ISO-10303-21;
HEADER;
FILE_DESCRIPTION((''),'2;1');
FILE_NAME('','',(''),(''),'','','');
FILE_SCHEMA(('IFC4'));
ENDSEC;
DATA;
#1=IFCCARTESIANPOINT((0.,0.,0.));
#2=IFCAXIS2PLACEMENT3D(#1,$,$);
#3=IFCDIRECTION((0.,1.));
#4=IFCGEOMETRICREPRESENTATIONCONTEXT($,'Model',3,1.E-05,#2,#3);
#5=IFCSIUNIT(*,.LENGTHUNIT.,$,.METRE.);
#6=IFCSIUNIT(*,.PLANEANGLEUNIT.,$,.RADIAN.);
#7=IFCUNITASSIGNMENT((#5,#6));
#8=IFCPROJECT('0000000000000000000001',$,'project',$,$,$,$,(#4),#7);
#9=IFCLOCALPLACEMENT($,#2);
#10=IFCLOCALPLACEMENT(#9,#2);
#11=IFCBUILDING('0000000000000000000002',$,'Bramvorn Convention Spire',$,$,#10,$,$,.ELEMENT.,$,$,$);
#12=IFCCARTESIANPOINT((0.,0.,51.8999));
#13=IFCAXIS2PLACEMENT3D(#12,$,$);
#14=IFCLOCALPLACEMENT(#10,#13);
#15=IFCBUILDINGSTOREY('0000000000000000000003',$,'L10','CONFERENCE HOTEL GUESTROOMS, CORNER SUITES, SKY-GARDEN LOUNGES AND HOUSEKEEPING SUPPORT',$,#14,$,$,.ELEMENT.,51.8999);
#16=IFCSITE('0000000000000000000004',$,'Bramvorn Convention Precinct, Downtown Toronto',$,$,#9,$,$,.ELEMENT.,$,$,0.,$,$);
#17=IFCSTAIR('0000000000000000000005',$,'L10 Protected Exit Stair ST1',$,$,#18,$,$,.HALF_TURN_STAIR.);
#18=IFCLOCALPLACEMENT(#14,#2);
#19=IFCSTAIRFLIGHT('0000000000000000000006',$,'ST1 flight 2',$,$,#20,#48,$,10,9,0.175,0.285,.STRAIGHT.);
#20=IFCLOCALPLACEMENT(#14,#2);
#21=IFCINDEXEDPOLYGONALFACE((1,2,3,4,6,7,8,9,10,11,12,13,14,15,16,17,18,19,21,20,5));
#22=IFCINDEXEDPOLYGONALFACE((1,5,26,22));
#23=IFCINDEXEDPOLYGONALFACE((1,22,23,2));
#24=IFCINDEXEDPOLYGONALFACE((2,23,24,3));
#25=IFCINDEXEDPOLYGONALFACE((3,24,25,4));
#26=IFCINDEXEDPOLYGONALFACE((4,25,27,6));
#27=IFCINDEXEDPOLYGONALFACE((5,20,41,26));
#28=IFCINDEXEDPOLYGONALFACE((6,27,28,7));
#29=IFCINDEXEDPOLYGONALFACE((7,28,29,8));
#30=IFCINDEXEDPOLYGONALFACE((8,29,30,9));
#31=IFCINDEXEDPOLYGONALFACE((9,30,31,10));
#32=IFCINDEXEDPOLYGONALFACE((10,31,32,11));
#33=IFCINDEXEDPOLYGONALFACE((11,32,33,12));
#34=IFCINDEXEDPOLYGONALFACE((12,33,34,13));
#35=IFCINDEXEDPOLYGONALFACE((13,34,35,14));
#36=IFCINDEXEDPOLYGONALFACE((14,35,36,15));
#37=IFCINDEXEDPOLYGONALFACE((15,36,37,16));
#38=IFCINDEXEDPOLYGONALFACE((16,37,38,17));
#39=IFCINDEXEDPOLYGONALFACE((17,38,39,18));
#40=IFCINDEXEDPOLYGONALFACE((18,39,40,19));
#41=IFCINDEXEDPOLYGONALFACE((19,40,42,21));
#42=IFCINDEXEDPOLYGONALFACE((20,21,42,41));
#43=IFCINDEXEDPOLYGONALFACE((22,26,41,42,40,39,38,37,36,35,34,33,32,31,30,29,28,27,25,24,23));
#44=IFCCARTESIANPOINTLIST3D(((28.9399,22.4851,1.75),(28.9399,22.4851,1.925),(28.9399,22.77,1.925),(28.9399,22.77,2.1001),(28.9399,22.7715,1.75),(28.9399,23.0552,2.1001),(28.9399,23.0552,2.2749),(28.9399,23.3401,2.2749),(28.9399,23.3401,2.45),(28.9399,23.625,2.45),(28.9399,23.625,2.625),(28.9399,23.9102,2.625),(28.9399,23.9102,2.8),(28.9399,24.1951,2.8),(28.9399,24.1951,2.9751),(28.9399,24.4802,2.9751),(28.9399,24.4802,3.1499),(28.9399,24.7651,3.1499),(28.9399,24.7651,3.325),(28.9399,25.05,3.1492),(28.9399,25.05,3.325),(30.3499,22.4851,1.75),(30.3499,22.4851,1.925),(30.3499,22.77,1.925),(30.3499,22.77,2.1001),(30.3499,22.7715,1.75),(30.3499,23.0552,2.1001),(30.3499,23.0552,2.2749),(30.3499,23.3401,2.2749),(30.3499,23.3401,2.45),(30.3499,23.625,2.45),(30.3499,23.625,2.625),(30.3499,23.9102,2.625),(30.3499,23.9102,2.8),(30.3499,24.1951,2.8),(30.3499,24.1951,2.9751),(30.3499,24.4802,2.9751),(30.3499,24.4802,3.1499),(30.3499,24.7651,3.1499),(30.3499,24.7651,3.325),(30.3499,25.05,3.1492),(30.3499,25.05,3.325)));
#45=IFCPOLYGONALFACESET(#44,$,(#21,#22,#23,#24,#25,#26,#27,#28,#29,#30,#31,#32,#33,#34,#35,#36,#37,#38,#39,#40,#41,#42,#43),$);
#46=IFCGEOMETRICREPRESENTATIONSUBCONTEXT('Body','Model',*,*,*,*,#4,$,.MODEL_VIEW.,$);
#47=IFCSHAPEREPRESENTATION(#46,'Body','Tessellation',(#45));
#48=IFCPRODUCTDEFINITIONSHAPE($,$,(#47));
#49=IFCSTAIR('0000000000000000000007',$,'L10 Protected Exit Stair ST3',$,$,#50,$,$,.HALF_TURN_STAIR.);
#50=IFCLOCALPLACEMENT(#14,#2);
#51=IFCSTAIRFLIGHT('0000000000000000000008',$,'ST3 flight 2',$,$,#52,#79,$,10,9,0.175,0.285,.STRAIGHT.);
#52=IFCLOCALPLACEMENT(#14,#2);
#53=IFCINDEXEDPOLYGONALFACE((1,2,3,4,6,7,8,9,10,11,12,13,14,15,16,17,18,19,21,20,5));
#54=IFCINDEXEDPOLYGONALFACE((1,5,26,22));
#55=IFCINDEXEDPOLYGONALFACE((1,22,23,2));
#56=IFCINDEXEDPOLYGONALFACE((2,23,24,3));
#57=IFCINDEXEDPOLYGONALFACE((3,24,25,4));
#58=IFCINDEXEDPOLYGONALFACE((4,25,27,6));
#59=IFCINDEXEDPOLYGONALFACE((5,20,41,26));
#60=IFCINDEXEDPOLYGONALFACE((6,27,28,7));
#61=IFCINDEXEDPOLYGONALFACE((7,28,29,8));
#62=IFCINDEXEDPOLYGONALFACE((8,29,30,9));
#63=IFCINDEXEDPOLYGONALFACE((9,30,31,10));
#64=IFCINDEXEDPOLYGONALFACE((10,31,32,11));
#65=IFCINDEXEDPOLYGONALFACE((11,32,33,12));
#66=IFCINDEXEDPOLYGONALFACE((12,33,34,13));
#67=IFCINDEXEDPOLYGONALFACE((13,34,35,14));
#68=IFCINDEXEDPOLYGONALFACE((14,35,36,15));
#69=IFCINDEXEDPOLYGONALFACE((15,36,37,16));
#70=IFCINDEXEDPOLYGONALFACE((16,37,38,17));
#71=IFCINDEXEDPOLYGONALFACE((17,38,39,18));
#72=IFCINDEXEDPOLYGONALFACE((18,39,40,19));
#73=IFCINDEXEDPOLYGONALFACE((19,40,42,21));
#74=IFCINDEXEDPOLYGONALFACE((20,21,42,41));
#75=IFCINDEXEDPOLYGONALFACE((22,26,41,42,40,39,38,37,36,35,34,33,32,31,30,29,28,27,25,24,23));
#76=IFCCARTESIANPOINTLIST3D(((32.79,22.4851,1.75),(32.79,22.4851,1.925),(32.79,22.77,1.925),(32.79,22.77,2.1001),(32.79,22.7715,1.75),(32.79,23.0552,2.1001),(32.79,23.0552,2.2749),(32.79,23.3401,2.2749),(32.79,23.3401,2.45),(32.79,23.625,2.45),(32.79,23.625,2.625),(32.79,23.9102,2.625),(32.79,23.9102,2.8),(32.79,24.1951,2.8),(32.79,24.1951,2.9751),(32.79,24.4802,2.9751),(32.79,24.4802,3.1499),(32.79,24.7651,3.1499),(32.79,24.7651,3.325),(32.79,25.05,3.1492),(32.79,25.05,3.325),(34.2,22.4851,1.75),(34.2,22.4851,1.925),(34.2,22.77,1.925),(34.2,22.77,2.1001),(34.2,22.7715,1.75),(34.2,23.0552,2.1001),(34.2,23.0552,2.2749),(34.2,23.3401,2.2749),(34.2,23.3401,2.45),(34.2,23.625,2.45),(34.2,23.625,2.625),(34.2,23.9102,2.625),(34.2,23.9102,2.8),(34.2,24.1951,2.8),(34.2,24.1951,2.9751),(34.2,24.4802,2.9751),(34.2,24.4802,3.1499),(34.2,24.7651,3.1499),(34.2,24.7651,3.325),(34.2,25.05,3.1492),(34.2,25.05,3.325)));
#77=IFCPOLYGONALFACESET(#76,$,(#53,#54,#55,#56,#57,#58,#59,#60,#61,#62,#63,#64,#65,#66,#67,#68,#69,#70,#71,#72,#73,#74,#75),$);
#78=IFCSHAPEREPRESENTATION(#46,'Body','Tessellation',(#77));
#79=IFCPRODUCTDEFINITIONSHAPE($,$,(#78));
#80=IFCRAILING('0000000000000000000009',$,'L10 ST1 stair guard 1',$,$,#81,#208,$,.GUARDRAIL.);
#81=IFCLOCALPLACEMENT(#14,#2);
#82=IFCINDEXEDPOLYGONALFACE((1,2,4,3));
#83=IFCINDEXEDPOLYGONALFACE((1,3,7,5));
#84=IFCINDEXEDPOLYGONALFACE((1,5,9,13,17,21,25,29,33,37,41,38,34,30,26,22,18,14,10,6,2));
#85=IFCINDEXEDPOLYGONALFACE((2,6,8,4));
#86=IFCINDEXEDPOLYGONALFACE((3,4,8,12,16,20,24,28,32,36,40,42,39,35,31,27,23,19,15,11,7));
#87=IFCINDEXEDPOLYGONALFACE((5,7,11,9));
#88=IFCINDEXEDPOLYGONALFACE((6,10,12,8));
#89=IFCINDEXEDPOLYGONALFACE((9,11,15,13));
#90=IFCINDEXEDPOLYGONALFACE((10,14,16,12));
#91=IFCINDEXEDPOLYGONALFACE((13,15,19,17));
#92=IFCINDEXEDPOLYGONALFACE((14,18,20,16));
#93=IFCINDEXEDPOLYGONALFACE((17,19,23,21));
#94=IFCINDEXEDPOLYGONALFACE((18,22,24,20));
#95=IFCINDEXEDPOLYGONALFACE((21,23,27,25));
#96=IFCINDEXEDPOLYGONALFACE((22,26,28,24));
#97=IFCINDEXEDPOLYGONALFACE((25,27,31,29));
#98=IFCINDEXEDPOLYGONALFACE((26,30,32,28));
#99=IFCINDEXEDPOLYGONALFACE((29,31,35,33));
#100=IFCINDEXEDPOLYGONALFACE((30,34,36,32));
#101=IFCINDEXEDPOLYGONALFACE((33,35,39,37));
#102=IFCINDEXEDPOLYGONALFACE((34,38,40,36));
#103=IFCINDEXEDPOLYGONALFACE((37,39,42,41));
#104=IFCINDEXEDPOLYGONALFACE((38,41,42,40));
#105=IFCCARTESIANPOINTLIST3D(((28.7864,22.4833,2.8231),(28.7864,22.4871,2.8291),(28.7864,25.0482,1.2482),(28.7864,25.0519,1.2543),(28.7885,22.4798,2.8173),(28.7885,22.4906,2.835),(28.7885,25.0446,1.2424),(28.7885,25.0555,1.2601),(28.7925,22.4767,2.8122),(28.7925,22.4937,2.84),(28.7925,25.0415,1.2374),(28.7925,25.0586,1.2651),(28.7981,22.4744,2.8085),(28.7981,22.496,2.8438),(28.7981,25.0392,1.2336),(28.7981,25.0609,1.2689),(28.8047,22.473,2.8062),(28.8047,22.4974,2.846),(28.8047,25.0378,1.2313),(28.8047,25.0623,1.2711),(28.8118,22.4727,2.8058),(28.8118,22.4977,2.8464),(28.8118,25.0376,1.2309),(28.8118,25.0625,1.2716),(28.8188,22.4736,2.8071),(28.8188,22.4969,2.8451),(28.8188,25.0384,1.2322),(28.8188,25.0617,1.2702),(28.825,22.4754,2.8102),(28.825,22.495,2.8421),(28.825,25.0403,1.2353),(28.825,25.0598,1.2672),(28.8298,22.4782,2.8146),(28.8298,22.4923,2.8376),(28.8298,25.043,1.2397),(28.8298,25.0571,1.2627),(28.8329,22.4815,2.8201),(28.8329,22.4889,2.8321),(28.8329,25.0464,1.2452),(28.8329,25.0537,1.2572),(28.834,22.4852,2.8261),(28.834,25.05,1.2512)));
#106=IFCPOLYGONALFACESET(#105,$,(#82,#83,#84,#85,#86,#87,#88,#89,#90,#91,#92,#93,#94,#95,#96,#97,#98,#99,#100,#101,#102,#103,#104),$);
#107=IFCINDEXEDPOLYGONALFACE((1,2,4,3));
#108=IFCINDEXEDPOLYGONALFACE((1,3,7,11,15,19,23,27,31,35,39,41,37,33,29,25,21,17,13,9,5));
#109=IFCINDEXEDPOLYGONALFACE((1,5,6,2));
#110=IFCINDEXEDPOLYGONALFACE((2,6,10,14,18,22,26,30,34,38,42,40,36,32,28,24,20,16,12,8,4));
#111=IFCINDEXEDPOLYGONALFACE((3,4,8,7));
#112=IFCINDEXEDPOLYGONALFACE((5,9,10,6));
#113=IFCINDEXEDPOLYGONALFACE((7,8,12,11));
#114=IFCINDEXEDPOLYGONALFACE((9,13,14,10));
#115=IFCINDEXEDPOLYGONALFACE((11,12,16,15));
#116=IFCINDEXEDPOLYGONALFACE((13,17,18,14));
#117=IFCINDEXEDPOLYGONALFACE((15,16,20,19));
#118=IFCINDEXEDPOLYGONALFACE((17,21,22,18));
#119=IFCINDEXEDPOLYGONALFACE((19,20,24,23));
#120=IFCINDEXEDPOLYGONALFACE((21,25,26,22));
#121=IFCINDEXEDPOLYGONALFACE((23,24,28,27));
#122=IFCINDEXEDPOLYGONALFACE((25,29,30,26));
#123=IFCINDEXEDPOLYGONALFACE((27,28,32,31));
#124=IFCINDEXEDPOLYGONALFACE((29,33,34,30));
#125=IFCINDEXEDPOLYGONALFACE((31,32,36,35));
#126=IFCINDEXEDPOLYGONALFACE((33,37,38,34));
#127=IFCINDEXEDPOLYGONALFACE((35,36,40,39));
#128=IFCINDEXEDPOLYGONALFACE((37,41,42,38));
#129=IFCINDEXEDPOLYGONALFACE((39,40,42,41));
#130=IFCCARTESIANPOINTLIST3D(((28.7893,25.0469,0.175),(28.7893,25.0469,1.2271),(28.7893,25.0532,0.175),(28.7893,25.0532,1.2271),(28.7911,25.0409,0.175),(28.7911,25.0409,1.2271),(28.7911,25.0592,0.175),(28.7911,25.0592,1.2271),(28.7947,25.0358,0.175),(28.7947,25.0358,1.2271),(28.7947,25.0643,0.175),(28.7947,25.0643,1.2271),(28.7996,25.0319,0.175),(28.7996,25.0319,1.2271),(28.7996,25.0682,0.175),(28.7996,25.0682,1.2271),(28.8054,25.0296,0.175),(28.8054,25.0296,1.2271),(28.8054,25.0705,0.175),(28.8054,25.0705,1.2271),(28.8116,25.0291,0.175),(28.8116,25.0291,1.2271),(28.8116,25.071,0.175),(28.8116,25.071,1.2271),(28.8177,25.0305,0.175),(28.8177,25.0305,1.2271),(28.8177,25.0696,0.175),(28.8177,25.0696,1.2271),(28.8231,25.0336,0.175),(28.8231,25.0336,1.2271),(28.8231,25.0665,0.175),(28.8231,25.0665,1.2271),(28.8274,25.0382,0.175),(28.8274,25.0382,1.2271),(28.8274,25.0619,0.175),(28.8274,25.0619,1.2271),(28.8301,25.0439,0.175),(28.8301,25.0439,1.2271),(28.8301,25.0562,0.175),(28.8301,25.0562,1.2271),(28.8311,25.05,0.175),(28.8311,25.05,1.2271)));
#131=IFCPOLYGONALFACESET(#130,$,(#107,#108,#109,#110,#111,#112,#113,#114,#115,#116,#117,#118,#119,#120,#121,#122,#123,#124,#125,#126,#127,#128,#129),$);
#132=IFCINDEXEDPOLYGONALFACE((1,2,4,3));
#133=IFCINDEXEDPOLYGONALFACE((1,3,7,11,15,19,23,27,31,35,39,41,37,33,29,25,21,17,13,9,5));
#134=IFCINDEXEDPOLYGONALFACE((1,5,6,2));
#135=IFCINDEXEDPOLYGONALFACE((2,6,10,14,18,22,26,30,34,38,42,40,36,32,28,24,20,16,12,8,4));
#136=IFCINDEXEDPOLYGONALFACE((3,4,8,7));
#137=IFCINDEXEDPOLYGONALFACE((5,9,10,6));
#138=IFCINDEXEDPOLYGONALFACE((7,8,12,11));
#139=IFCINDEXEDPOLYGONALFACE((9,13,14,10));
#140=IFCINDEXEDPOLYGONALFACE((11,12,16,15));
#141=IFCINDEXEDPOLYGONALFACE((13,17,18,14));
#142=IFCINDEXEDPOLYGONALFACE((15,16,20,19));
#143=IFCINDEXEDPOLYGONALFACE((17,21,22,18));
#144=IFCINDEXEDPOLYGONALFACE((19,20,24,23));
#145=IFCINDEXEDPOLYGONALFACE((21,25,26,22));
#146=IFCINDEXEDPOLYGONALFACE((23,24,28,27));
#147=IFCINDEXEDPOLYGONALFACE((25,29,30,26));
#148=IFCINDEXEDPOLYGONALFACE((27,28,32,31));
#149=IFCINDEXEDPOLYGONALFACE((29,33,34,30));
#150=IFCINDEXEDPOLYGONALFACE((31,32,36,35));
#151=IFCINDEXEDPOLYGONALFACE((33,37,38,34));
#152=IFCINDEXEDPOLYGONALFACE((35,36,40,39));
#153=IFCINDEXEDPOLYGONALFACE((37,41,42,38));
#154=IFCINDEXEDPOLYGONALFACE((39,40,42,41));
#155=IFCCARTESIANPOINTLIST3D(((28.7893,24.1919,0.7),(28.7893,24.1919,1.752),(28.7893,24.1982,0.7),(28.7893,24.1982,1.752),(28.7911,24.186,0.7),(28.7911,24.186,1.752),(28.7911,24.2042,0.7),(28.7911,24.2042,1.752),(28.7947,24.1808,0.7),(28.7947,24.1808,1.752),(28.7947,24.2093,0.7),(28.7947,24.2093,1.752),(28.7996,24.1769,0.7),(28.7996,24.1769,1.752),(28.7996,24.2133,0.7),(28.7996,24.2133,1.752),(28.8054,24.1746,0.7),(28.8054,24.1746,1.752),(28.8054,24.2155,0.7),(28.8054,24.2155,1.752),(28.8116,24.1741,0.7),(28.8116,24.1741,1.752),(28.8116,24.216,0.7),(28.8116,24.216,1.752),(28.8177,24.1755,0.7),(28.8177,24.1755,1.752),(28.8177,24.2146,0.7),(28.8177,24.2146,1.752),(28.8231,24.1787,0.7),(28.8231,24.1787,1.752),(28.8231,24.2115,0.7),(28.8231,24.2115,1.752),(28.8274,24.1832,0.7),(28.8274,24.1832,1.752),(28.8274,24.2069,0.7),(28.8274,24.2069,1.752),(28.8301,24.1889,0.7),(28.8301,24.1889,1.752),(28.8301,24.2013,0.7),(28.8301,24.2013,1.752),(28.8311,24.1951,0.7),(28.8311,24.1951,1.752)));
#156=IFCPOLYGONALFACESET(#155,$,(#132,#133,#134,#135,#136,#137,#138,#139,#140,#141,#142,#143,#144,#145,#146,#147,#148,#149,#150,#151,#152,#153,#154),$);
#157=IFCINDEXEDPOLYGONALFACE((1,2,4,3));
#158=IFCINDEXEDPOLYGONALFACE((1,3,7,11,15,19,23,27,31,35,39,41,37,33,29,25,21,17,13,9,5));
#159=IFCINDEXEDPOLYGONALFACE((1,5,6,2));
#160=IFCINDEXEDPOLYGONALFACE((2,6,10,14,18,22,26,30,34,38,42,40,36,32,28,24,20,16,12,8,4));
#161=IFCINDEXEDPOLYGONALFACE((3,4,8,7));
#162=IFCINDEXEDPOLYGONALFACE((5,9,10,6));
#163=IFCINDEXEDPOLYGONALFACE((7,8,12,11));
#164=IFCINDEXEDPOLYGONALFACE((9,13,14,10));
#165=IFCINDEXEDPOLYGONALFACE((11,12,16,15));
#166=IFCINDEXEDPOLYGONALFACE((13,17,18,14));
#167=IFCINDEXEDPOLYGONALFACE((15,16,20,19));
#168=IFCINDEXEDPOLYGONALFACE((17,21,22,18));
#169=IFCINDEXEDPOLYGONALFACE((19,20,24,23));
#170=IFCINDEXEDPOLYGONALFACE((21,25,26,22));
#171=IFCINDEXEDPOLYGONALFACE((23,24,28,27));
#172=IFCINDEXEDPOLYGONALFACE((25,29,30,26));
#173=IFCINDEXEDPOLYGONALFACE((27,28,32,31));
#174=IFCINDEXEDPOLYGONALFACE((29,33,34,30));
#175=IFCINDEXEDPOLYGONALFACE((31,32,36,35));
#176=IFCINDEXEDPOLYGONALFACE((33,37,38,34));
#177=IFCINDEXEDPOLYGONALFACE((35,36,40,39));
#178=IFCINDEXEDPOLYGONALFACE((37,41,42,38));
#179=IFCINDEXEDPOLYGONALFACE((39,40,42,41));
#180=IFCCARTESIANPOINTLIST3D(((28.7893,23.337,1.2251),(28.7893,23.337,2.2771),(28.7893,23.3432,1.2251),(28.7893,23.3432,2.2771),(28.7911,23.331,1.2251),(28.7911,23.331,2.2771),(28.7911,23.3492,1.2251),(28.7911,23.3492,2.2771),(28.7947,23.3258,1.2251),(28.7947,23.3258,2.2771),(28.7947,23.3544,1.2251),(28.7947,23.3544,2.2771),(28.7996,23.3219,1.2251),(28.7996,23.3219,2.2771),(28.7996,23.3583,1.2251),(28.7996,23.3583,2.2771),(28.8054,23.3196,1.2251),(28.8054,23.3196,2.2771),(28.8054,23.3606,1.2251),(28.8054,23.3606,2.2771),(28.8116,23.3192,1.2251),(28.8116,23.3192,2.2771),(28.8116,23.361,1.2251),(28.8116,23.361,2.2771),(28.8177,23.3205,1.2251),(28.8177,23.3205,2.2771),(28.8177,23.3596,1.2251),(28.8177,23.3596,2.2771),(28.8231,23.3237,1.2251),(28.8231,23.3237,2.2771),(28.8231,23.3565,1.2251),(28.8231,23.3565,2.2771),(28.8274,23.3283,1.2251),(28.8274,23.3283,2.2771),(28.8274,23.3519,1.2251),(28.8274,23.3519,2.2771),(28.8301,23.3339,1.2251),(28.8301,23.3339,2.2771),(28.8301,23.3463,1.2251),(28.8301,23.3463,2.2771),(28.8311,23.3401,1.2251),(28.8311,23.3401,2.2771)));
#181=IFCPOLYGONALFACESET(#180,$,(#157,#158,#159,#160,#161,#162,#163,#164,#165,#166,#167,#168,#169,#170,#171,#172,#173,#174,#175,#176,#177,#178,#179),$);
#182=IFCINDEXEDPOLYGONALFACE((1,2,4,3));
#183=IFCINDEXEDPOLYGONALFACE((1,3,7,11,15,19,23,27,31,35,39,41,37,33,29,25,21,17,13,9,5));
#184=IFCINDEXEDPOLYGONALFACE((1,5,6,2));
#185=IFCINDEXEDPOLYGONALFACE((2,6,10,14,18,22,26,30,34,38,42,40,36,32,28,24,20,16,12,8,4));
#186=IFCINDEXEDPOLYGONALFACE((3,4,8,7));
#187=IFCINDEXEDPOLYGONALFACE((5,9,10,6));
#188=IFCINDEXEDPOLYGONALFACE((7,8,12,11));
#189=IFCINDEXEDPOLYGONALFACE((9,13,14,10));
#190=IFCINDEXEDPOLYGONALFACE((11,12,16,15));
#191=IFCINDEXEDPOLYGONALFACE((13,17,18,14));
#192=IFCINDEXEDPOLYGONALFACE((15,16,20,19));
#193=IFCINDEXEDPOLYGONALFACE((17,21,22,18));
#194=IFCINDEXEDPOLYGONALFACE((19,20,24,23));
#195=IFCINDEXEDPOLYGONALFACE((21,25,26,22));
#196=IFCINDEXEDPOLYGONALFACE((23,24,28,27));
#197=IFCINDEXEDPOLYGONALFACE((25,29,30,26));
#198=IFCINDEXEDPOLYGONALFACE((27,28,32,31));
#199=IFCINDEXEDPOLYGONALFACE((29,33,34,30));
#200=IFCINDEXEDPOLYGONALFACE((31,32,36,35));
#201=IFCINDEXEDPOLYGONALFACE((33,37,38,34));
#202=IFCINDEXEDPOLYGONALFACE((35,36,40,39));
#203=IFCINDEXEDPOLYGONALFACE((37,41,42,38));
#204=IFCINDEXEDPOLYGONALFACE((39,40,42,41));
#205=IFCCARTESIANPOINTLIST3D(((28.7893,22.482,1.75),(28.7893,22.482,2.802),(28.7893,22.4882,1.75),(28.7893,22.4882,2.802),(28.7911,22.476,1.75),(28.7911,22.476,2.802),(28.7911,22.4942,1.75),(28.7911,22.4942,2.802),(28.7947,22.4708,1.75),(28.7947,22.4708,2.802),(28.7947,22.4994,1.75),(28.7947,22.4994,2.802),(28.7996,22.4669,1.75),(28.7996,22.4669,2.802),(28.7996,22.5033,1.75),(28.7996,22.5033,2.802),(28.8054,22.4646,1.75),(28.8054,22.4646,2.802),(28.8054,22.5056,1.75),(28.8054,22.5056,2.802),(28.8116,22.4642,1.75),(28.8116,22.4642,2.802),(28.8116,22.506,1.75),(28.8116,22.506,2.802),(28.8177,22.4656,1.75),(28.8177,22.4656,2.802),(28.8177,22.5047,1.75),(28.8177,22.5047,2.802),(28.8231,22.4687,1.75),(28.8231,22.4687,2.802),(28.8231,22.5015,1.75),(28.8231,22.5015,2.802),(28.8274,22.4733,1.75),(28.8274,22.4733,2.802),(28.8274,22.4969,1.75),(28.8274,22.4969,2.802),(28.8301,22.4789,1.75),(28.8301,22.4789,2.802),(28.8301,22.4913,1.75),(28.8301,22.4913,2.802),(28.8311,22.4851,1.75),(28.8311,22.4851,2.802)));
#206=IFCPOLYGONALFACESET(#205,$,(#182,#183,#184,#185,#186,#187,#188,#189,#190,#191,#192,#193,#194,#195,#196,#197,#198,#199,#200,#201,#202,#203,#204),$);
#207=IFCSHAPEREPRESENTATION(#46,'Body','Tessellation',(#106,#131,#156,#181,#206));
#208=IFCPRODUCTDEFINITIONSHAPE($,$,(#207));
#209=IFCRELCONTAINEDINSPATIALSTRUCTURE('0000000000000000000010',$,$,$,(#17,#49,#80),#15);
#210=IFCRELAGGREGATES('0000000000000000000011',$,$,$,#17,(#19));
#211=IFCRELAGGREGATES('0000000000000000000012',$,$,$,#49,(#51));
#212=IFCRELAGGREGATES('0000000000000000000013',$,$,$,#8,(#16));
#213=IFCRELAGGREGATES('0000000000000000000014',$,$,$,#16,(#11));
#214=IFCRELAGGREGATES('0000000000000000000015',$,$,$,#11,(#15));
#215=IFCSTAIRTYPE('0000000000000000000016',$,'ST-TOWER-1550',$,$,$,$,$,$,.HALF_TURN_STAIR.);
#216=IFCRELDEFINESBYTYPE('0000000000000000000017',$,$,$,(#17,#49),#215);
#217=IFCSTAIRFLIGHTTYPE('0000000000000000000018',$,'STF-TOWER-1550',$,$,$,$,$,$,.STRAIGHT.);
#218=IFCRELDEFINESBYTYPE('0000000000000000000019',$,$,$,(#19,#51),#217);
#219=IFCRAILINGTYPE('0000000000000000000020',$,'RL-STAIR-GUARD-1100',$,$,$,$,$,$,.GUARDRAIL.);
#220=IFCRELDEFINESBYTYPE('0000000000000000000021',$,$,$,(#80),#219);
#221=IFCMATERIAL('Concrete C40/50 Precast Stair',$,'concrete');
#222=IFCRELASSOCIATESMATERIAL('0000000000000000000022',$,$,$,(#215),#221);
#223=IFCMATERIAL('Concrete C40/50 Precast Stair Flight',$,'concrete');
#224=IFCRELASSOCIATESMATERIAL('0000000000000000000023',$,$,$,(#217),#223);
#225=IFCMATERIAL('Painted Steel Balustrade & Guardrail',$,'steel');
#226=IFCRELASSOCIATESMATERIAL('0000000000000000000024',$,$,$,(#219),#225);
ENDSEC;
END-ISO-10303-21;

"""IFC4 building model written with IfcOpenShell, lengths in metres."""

from ifc_helpers import new_model, si_unit, direction, frame, origin, origin_2d, place, context, subcontext, project, spatial, polyline, circle, outline, extrude, material, type_object, element, aggregate, save


model = new_model("IFC4")

# Units and contexts
model_context = context("Model", 3, precision=1e-05, world=origin(), true_north=direction((0.0, 1.0)))
body_context = subcontext(model_context, "Body", "Model", "MODEL_VIEW")
ifc_project = project(units=[si_unit("LENGTHUNIT", "METRE"), si_unit("PLANEANGLEUNIT", "RADIAN")], contexts=[model_context])

# Site, building, storey
site_placement = place(None, origin())
site = spatial("IfcSite", under=ifc_project, at=site_placement, Name="Bramvorn Convention Precinct, Downtown Toronto", CompositionType="ELEMENT", RefElevation=0.0)
building_placement = place(site_placement, origin())
building = spatial("IfcBuilding", under=site, at=building_placement, Name="Bramvorn Convention Spire", CompositionType="ELEMENT")
storey_placement = place(building_placement, frame((0.0, 0.0, 51.8999)))
storey = spatial("IfcBuildingStorey", under=building, at=storey_placement, Name="L10", Description="CONFERENCE HOTEL GUESTROOMS, CORNER SUITES, SKY-GARDEN LOUNGES AND HOUSEKEEPING SUPPORT", CompositionType="ELEMENT", Elevation=51.8999)

# Stair, stair flight
ifc_material_1 = material(Name="Concrete C40/50 Precast Stair", Category="concrete")
stair_type = type_object("IfcStairType", Name="ST-TOWER-1550", PredefinedType="HALF_TURN_STAIR", material=ifc_material_1)
stair_1_placement = place(storey_placement, origin())
stair_1 = element("IfcStair", 1, at=stair_1_placement, inside=storey, type_object=stair_type, Name="L10 Protected Exit Stair ST1", PredefinedType="HALF_TURN_STAIR")
ifc_material_2 = material(Name="Concrete C40/50 Precast Stair Flight", Category="concrete")
stair_flight_type = type_object("IfcStairFlightType", Name="STF-TOWER-1550", PredefinedType="STRAIGHT", material=ifc_material_2)
stair_flight_1_placement = place(storey_placement, frame((29.645, 22.4851, 1.75), z_axis=(0.0, 0.0, 1.0), x_axis=(0.0, 1.0, 0.0)))
stair_flight_1 = element("IfcStairFlight", 2, at=stair_flight_1_placement, type_object=stair_flight_type, Name="ST1 flight 2", NumberOfRisers=10, NumberOfTreads=9, PredefinedType="STRAIGHT", RiserHeight=0.175, TreadLength=0.285, context=body_context, shape_type="SweptSolid", body=[
    extrude(outline(polyline([(0.0, 0.0), (0.0, 0.175), (0.2849, 0.175), (0.2849, 0.3501), (0.5701, 0.3501), (0.5701, 0.5249), (0.855, 0.5249), (0.855, 0.7), (1.1399, 0.7), (1.1399, 0.875), (1.425, 0.875), (1.425, 1.05), (1.71, 1.05), (1.71, 1.2251), (1.9951, 1.2251), (1.9951, 1.3999), (2.28, 1.3999), (2.28, 1.575), (2.5649, 1.575), (2.5649, 1.75), (2.5649, 1.3992), (0.2864, 0.0), (0.0, 0.0)])), frame((0.0, 0.7051, 0.0), z_axis=(0.0, -1.0, 0.0), x_axis=(1.0, 0.0, 0.0)), (0.0, 0.0, 1.0), 1.4099),
])
aggregate(stair_1, [stair_flight_1])

# Stair, stair flight
stair_2_placement = place(storey_placement, origin())
stair_2 = element("IfcStair", 3, at=stair_2_placement, inside=storey, type_object=stair_type, Name="L10 Protected Exit Stair ST3", PredefinedType="HALF_TURN_STAIR")
stair_flight_2_placement = place(storey_placement, frame((33.4951, 22.4851, 1.75), z_axis=(0.0, 0.0, 1.0), x_axis=(0.0, 1.0, 0.0)))
stair_flight_2 = element("IfcStairFlight", 4, at=stair_flight_2_placement, type_object=stair_flight_type, Name="ST3 flight 2", NumberOfRisers=10, NumberOfTreads=9, PredefinedType="STRAIGHT", RiserHeight=0.175, TreadLength=0.285, context=body_context, shape_type="SweptSolid", body=[
    extrude(outline(polyline([(0.0, 0.0), (0.0, 0.175), (0.2849, 0.175), (0.2849, 0.3501), (0.5701, 0.3501), (0.5701, 0.5249), (0.855, 0.5249), (0.855, 0.7), (1.1399, 0.7), (1.1399, 0.875), (1.425, 0.875), (1.425, 1.05), (1.71, 1.05), (1.71, 1.2251), (1.9951, 1.2251), (1.9951, 1.3999), (2.28, 1.3999), (2.28, 1.575), (2.5649, 1.575), (2.5649, 1.75), (2.5649, 1.3992), (0.2864, 0.0), (0.0, 0.0)])), frame((0.0, 0.7051, 0.0), z_axis=(0.0, -1.0, 0.0), x_axis=(1.0, 0.0, 0.0)), (0.0, 0.0, 1.0), 1.4099),
])
aggregate(stair_2, [stair_flight_2])

# Railing
ifc_material_3 = material(Name="Painted Steel Balustrade & Guardrail", Category="steel")
railing_type_1 = type_object("IfcRailingType", Name="RL-STAIR-GUARD-1100", PredefinedType="GUARDRAIL", material=ifc_material_3)
railing_1_placement = place(storey_placement, frame((28.8101, 25.05, 0.175)))
element("IfcRailing", 5, at=railing_1_placement, inside=storey, type_object=railing_type_1, Name="L10 ST1 stair guard 1", PredefinedType="GUARDRAIL", context=body_context, shape_type="SweptSolid", body=[
    extrude(circle(Radius=0.0239, at=origin_2d()), frame((0.0, 0.0, 1.0762), z_axis=(0.0, -0.852173, 0.52326), x_axis=(1.0, 0.0, 0.0)), (0.0, 0.0, 1.0), 3.0098),
    extrude(circle(Radius=0.021, at=origin_2d()), origin(), (0.0, 0.0, 1.0), 1.052),
    extrude(circle(Radius=0.021, at=origin_2d()), frame((0.0, -0.855, 0.5249)), (0.0, 0.0, 1.0), 1.052),
    extrude(circle(Radius=0.021, at=origin_2d()), frame((0.0, -1.71, 1.05)), (0.0, 0.0, 1.0), 1.052),
    extrude(circle(Radius=0.021, at=origin_2d()), frame((0.0, -2.5649, 1.575)), (0.0, 0.0, 1.0), 1.052),
])

save(model, "model.ifc")
